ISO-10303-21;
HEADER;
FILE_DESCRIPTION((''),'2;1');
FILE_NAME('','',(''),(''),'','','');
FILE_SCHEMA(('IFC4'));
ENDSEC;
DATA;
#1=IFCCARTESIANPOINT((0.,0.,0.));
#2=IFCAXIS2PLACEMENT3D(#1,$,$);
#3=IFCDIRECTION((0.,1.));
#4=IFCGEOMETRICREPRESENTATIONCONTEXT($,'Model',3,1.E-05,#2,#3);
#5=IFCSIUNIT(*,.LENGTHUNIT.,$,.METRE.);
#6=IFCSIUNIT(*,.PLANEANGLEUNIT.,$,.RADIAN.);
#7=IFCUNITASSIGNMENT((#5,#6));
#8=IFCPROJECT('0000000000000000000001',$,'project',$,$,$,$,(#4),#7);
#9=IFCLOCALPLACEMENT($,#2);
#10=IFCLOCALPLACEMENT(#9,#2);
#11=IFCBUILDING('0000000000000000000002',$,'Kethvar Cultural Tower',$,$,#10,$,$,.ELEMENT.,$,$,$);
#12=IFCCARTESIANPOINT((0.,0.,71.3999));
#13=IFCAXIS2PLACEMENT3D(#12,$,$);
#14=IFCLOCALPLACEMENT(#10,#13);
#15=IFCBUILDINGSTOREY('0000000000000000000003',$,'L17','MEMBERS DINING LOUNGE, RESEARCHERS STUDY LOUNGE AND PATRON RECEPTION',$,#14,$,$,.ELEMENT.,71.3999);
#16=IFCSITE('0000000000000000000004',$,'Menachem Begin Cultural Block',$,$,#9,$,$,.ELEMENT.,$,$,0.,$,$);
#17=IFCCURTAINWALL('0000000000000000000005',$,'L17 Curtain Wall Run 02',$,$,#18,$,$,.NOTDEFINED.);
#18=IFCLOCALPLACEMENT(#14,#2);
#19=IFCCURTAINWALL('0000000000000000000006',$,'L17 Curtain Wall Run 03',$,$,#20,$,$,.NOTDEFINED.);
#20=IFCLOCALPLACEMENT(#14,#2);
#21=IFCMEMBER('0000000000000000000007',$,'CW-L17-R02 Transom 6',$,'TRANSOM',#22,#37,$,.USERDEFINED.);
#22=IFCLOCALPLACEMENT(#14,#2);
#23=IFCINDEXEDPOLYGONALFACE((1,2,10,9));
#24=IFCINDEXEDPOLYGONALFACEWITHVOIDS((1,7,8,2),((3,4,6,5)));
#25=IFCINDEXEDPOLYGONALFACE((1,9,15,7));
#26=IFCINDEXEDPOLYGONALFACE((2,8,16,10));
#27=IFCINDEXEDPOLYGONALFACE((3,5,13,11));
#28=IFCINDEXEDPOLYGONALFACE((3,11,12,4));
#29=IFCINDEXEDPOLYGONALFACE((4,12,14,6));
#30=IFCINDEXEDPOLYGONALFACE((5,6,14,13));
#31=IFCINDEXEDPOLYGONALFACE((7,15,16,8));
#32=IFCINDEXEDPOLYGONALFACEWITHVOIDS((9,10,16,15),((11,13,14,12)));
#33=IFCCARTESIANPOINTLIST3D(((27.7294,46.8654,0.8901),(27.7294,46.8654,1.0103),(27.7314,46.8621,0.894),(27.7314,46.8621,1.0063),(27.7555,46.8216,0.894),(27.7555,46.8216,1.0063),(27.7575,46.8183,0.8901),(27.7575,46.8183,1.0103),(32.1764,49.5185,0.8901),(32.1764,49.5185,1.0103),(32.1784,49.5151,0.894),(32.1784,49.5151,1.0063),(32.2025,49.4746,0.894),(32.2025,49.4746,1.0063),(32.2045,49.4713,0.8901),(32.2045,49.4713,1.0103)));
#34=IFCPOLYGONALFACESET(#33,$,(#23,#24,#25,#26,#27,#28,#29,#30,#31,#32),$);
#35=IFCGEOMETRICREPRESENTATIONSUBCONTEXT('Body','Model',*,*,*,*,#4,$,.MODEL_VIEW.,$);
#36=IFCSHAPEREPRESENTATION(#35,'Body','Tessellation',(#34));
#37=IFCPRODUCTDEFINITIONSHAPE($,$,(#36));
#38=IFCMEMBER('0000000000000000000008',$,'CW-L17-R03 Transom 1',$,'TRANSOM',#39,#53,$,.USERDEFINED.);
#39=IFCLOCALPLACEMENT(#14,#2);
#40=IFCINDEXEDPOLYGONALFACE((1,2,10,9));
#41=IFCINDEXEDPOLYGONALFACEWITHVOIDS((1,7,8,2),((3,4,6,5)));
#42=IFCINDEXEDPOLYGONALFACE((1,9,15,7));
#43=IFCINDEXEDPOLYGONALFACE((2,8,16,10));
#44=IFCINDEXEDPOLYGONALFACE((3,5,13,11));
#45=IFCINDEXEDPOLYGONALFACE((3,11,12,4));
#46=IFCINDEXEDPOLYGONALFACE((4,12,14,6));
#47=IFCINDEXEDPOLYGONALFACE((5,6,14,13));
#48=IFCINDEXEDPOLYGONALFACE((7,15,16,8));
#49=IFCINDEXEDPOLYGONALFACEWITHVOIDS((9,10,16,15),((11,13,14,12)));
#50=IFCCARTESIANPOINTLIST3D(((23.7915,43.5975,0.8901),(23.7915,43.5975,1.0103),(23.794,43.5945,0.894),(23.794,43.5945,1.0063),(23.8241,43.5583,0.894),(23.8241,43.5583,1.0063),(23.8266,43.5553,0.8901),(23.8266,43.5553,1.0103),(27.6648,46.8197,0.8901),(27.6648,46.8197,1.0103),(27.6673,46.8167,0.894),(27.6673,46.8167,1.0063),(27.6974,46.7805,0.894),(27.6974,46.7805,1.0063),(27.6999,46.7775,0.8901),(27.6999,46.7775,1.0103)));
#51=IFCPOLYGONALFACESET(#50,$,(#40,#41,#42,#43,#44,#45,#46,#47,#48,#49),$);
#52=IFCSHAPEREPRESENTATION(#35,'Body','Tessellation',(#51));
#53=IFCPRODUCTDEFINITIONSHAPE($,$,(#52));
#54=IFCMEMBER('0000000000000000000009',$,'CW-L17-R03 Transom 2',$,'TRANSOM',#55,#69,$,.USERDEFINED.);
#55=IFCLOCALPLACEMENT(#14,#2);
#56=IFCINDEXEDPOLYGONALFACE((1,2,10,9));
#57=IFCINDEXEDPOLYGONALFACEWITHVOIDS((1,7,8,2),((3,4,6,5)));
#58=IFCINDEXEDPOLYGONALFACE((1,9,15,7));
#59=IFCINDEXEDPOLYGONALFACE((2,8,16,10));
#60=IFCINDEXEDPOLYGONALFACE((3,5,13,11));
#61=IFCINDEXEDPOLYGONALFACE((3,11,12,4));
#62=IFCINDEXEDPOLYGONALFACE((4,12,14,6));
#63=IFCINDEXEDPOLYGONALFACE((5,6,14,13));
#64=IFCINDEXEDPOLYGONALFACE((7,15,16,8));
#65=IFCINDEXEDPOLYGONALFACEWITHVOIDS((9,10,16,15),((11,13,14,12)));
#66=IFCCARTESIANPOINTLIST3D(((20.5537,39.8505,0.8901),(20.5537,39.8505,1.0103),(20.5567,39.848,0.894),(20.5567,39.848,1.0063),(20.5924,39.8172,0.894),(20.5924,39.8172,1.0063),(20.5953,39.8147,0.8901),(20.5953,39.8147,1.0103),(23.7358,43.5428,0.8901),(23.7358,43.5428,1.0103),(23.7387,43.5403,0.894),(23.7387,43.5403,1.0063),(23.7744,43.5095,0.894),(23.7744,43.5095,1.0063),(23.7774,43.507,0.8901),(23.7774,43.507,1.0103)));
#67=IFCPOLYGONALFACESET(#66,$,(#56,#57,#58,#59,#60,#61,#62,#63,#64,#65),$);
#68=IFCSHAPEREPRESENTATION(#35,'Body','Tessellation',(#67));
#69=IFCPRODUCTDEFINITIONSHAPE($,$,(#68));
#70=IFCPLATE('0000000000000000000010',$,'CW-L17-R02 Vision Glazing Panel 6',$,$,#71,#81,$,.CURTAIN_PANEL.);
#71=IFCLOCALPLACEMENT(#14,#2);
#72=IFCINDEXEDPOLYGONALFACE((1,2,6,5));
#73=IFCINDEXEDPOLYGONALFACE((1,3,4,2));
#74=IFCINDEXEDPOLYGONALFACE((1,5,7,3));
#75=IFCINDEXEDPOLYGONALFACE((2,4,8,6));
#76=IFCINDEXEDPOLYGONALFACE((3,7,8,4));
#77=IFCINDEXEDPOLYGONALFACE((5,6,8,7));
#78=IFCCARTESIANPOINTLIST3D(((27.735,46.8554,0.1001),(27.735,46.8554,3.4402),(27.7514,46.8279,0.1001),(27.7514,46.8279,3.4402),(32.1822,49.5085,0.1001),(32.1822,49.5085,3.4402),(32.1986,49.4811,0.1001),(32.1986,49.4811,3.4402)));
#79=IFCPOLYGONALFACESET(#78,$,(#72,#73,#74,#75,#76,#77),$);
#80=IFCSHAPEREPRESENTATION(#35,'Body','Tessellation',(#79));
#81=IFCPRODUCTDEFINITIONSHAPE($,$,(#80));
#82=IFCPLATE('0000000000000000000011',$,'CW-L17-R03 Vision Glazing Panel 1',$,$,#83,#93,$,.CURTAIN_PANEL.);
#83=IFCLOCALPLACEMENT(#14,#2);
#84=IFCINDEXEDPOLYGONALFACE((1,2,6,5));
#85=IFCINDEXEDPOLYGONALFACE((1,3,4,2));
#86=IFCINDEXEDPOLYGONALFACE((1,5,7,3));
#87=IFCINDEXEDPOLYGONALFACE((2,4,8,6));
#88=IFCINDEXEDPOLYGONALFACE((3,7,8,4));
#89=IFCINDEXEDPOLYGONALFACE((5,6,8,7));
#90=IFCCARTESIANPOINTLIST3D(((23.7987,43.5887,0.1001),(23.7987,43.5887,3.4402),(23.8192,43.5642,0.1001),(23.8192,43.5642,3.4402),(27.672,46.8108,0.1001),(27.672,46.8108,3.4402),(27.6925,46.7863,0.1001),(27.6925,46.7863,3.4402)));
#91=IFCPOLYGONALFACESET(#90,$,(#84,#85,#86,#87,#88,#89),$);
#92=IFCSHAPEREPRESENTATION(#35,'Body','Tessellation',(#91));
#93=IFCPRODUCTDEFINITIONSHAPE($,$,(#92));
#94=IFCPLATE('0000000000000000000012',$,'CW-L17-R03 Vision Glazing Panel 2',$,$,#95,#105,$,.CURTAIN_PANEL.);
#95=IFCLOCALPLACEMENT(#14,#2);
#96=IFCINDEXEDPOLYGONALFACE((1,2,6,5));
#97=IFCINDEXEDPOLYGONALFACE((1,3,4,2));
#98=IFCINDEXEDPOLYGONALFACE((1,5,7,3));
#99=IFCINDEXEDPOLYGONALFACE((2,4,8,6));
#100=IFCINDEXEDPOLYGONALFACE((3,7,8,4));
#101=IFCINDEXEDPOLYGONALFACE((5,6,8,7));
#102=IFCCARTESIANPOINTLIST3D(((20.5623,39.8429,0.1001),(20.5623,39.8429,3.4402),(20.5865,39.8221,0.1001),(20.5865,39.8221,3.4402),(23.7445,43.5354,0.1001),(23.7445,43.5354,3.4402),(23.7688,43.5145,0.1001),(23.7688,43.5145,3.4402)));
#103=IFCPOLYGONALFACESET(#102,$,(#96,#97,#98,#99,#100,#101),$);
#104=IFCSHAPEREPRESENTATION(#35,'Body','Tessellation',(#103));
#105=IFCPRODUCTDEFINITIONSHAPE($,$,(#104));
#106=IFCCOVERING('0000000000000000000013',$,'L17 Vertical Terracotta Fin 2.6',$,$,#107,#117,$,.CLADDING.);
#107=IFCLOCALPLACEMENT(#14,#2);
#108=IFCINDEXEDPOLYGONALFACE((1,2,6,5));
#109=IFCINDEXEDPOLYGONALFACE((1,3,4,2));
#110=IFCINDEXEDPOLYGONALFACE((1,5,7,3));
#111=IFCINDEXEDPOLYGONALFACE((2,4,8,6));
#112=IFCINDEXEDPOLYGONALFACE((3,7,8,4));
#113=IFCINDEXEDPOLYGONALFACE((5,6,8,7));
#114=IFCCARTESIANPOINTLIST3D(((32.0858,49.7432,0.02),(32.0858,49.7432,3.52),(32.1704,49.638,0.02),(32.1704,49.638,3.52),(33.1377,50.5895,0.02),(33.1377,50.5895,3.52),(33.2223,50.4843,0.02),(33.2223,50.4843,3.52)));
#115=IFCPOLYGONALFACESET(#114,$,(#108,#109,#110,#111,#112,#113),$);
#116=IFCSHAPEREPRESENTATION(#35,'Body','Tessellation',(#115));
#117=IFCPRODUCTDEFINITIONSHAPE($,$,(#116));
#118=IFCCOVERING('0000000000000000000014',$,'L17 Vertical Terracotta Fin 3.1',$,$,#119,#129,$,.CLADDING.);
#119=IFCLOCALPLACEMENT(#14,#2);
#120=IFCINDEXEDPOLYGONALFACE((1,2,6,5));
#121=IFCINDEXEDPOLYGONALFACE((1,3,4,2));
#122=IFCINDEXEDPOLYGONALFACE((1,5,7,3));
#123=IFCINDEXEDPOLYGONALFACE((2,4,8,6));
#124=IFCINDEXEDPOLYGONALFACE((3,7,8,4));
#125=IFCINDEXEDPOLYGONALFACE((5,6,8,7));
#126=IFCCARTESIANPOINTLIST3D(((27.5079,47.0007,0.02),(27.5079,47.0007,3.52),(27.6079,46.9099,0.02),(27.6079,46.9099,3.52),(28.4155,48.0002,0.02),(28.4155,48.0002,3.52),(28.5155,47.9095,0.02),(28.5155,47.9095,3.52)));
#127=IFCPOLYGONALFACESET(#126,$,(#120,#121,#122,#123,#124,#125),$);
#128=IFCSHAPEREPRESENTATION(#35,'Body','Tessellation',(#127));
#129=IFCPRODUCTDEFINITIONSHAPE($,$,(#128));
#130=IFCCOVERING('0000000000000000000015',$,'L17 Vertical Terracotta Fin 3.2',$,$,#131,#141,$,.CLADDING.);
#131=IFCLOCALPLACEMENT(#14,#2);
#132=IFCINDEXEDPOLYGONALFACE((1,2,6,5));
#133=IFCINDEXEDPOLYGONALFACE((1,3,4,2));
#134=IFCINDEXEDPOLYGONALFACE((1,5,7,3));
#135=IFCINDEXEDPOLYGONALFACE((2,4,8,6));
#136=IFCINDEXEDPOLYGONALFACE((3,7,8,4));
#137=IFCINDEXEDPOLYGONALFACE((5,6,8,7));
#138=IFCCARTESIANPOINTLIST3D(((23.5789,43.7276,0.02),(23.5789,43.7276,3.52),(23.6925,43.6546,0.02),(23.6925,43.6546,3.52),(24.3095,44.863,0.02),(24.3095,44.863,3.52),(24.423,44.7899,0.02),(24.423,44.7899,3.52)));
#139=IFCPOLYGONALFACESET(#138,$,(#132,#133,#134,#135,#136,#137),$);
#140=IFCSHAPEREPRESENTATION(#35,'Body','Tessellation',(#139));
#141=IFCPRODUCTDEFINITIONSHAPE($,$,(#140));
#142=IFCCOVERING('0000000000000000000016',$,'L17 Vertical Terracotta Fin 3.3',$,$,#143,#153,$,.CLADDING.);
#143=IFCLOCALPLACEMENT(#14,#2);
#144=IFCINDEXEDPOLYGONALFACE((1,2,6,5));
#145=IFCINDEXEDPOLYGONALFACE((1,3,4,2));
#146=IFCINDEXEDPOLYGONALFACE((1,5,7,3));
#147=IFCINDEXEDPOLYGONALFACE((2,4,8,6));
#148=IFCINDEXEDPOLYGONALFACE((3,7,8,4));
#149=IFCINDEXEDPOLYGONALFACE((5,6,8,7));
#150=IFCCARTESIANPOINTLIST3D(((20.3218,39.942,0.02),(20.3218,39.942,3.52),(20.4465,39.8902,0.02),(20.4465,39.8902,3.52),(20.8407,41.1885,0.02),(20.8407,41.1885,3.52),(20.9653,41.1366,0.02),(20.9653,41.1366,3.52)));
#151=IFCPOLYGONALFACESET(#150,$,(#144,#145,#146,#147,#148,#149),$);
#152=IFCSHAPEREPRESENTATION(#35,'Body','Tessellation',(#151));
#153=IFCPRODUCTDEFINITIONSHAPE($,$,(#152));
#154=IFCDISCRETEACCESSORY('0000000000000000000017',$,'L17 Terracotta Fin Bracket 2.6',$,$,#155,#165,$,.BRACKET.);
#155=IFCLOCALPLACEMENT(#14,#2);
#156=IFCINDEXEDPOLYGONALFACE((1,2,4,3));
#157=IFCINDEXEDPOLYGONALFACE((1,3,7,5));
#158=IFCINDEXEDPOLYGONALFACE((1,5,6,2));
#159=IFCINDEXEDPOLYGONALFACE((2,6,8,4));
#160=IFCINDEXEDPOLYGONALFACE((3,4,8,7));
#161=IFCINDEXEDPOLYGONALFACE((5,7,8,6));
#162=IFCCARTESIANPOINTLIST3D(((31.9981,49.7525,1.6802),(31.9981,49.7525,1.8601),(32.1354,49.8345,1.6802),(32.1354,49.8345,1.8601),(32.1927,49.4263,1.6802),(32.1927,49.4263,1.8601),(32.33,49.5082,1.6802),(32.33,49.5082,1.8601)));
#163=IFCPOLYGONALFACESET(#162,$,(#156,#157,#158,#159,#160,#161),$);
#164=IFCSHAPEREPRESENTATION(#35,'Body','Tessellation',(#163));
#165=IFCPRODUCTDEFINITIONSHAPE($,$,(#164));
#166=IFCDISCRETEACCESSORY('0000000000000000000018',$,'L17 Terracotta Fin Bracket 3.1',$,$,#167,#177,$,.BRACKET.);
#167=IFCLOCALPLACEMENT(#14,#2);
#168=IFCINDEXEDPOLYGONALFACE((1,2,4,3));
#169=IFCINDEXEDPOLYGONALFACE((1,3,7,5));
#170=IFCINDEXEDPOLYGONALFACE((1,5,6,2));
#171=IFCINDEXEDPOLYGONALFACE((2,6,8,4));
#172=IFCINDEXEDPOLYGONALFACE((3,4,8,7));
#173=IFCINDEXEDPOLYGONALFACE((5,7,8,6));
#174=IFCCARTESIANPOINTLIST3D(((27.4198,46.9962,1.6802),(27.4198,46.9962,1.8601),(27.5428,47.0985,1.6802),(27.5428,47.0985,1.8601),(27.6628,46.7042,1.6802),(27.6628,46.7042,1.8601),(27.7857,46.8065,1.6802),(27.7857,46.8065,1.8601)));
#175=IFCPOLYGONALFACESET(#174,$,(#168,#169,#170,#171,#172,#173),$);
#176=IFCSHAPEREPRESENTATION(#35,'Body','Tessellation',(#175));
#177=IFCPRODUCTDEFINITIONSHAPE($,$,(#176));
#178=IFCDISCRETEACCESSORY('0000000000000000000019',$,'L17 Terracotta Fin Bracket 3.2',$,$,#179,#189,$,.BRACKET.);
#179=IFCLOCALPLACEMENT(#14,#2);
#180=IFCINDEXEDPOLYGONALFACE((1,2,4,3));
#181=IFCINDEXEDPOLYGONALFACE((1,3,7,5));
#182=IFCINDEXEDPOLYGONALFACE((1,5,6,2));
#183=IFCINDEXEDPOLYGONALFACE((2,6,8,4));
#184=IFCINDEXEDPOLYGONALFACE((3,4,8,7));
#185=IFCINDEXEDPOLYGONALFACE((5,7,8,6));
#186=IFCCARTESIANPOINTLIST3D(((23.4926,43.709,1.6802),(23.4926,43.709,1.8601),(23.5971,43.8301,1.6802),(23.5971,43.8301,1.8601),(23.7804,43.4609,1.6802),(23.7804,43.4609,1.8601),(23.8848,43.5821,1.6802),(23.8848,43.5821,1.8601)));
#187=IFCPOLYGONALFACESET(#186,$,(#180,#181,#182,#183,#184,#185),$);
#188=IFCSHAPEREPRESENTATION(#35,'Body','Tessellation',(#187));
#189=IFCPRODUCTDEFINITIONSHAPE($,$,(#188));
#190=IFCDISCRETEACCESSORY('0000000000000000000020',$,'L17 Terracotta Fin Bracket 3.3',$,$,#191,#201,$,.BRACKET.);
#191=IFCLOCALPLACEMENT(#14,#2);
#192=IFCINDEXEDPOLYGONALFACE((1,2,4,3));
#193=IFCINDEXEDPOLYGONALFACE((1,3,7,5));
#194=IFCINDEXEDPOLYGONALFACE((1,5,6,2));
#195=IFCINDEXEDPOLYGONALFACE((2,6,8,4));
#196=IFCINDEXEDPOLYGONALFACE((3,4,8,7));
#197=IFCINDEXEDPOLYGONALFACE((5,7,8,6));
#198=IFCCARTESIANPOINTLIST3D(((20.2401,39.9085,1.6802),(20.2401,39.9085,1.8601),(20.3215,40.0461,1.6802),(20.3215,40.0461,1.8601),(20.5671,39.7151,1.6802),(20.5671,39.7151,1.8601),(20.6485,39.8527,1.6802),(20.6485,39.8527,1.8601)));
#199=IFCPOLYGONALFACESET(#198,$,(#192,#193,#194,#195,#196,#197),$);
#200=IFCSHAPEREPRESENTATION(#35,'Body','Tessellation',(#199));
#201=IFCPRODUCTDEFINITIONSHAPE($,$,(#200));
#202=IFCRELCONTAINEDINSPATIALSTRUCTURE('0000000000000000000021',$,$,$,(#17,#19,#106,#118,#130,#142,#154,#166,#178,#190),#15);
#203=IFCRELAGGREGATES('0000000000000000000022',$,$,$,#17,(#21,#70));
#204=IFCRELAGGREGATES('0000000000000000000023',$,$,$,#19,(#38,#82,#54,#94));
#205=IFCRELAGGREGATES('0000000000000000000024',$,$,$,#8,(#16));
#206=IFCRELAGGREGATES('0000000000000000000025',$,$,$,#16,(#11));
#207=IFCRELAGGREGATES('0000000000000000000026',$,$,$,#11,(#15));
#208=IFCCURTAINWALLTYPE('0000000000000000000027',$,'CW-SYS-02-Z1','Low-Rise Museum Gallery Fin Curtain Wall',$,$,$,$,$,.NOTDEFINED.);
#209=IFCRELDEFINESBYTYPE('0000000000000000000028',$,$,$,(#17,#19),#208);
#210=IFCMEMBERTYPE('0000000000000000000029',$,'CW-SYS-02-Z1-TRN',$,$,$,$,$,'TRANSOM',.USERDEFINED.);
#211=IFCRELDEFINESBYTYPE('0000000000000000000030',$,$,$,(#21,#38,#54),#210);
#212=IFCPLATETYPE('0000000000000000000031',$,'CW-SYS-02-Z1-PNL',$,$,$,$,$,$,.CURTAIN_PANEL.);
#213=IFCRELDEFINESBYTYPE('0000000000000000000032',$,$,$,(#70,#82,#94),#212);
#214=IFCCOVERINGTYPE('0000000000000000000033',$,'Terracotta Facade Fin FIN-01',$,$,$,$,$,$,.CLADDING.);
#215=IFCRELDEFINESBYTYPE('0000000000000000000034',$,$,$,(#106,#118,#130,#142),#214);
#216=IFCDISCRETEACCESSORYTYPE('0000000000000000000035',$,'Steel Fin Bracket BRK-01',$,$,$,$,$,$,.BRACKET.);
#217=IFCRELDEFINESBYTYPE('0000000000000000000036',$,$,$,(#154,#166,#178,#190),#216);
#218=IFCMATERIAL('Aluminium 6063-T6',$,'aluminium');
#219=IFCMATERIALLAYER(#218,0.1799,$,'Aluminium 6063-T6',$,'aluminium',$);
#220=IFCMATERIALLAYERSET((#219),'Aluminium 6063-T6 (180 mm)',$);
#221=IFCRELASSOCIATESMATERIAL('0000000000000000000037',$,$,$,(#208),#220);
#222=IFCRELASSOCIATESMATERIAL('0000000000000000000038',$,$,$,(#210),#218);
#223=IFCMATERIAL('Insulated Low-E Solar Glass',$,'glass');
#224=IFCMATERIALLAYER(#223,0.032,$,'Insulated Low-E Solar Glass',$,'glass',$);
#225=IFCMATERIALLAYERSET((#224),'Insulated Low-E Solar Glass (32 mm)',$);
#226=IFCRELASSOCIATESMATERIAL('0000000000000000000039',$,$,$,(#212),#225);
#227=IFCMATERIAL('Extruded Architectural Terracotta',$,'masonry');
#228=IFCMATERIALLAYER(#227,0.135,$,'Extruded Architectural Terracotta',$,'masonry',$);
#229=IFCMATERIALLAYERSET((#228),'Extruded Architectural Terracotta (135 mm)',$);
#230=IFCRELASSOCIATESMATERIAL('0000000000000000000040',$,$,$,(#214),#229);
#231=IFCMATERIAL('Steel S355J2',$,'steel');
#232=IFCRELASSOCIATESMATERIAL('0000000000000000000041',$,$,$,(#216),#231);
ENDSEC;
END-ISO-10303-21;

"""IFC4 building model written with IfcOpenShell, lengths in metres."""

from ifc_helpers import new_model, si_unit, direction, frame, origin, origin_2d, place, context, subcontext, project, spatial, rectangle, hollow_rectangle, extrude, source, transform, mapped, material, layer, layer_set, material_profile, profile_set, type_object, element, aggregate, save


model = new_model("IFC4")

# Units and contexts
model_context = context("Model", 3, precision=1e-05, world=origin(), true_north=direction((0.0, 1.0)))
body_context = subcontext(model_context, "Body", "Model", "MODEL_VIEW")
ifc_project = project(units=[si_unit("LENGTHUNIT", "METRE"), si_unit("PLANEANGLEUNIT", "RADIAN")], contexts=[model_context])

# Site, building, storey
site_placement = place(None, origin())
site = spatial("IfcSite", under=ifc_project, at=site_placement, Name="Menachem Begin Cultural Block", CompositionType="ELEMENT", RefElevation=0.0)
building_placement = place(site_placement, origin())
building = spatial("IfcBuilding", under=site, at=building_placement, Name="Kethvar Cultural Tower", CompositionType="ELEMENT")
storey_placement = place(building_placement, frame((0.0, 0.0, 71.3999)))
storey = spatial("IfcBuildingStorey", under=building, at=storey_placement, Name="L17", Description="MEMBERS DINING LOUNGE, RESEARCHERS STUDY LOUNGE AND PATRON RECEPTION", CompositionType="ELEMENT", Elevation=71.3999)

# Shared definitions
ifc_material_1 = material(Name="Steel S355J2", Category="steel")

# Curtain walls
ifc_material_2 = material(Name="Aluminium 6063-T6", Category="aluminium")
ifc_layer_1 = layer(ifc_material_2, 0.1799, Name="Aluminium 6063-T6", Category="aluminium")
ifc_layer_set_1 = layer_set([ifc_layer_1], Name="Aluminium 6063-T6 (180 mm)")
curtain_wall_type = type_object("IfcCurtainWallType", Name="CW-SYS-02-Z1", Description="Low-Rise Museum Gallery Fin Curtain Wall", PredefinedType="NOTDEFINED", material=ifc_layer_set_1)
curtain_wall_1_placement = place(storey_placement, origin())
curtain_wall_1 = element("IfcCurtainWall", 1, at=curtain_wall_1_placement, inside=storey, type_object=curtain_wall_type, Name="L17 Curtain Wall Run 02", PredefinedType="NOTDEFINED")
curtain_wall_2_placement = place(storey_placement, origin())
curtain_wall_2 = element("IfcCurtainWall", 2, at=curtain_wall_2_placement, inside=storey, type_object=curtain_wall_type, Name="L17 Curtain Wall Run 03", PredefinedType="NOTDEFINED")

# Members
ifc_material_profile_1 = material_profile(ifc_material_2, hollow_rectangle(XDim=0.0549, YDim=0.1201, WallThickness=0.0039, at=origin_2d()), Name="Aluminium 6063-T6 — RHS120x55x4")
ifc_profile_set_1 = profile_set([ifc_material_profile_1], Name="Aluminium 6063-T6 — RHS120x55x4")
member_type_1 = type_object("IfcMemberType", Name="CW-SYS-02-Z1-TRN", ElementType="TRANSOM", PredefinedType="USERDEFINED", material=ifc_profile_set_1)
shared_shape_1 = source(origin(), body_context, "Body", "SweptSolid", [
    extrude(hollow_rectangle(XDim=0.0549, YDim=0.1201, WallThickness=0.0039, at=origin_2d()), origin(), (0.0, 0.0, 1.0), 5.1782),
])
member_1_placement = place(storey_placement, frame((32.1904, 49.4949, 0.9502), z_axis=(-0.85878, -0.512345, 0.0), x_axis=(0.512345, -0.85878, 0.0)))
member_1 = element("IfcMember", 3, at=member_1_placement, type_object=member_type_1, Name="CW-L17-R02 Transom 6", ObjectType="TRANSOM", PredefinedType="USERDEFINED", context=body_context, shape_type="MappedRepresentation", body=[
    mapped(shared_shape_1, transform((0.0, 0.0, 0.0), scale=1.0)),
])
shared_shape_2 = source(origin(), body_context, "Body", "SweptSolid", [
    extrude(hollow_rectangle(XDim=0.0549, YDim=0.1201, WallThickness=0.0039, at=origin_2d()), origin(), (0.0, 0.0, 1.0), 5.0383),
])
member_2_placement = place(storey_placement, frame((27.6824, 46.7986, 0.9502), z_axis=(-0.768765, -0.639531, 0.0), x_axis=(0.639531, -0.768765, 0.0)))
member_2 = element("IfcMember", 4, at=member_2_placement, type_object=member_type_1, Name="CW-L17-R03 Transom 1", ObjectType="TRANSOM", PredefinedType="USERDEFINED", context=body_context, shape_type="MappedRepresentation", body=[
    mapped(shared_shape_2, transform((0.0, 0.0, 0.0), scale=1.0)),
])
shared_shape_3 = source(origin(), body_context, "Body", "SweptSolid", [
    extrude(hollow_rectangle(XDim=0.0549, YDim=0.1201, WallThickness=0.0039, at=origin_2d()), origin(), (0.0, 0.0, 1.0), 4.8743),
])
member_3_placement = place(storey_placement, frame((23.7566, 43.5249, 0.9502), z_axis=(-0.652827, -0.757507, 0.0), x_axis=(0.757507, -0.652827, 0.0)))
member_3 = element("IfcMember", 5, at=member_3_placement, type_object=member_type_1, Name="CW-L17-R03 Transom 2", ObjectType="TRANSOM", PredefinedType="USERDEFINED", context=body_context, shape_type="MappedRepresentation", body=[
    mapped(shared_shape_3, transform((0.0, 0.0, 0.0), scale=1.0)),
])

# Plates
ifc_material_3 = material(Name="Insulated Low-E Solar Glass", Category="glass")
ifc_layer_2 = layer(ifc_material_3, 0.032, Name="Insulated Low-E Solar Glass", Category="glass")
ifc_layer_set_2 = layer_set([ifc_layer_2], Name="Insulated Low-E Solar Glass (32 mm)")
plate_type = type_object("IfcPlateType", Name="CW-SYS-02-Z1-PNL", PredefinedType="CURTAIN_PANEL", material=ifc_layer_set_2)
shared_shape_4 = source(origin(), body_context, "Body", "SweptSolid", [
    extrude(rectangle(XDim=5.1785, YDim=0.032, at=origin_2d()), origin(), (0.0, 0.0, 1.0), 3.3401),
])
plate_1_placement = place(storey_placement, frame((29.9668, 48.1682, 0.1001), z_axis=(0.0, 0.0, 1.0), x_axis=(-0.858781, -0.512343, 0.0)))
plate_1 = element("IfcPlate", 6, at=plate_1_placement, type_object=plate_type, Name="CW-L17-R02 Vision Glazing Panel 6", PredefinedType="CURTAIN_PANEL", context=body_context, shape_type="MappedRepresentation", body=[
    mapped(shared_shape_4, transform((0.0, 0.0, 0.0), scale=1.0)),
])
aggregate(curtain_wall_1, [member_1, plate_1])
shared_shape_5 = source(origin(), body_context, "Body", "SweptSolid", [
    extrude(rectangle(XDim=5.0383, YDim=0.032, at=origin_2d()), origin(), (0.0, 0.0, 1.0), 3.3401),
])
plate_2_placement = place(storey_placement, frame((25.7456, 45.1875, 0.1001), z_axis=(0.0, 0.0, 1.0), x_axis=(-0.768775, -0.63952, 0.0)))
plate_2 = element("IfcPlate", 7, at=plate_2_placement, type_object=plate_type, Name="CW-L17-R03 Vision Glazing Panel 1", PredefinedType="CURTAIN_PANEL", context=body_context, shape_type="MappedRepresentation", body=[
    mapped(shared_shape_5, transform((0.0, 0.0, 0.0), scale=1.0)),
])
shared_shape_6 = source(origin(), body_context, "Body", "SweptSolid", [
    extrude(rectangle(XDim=4.8745, YDim=0.032, at=origin_2d()), origin(), (0.0, 0.0, 1.0), 3.3401),
])
plate_3_placement = place(storey_placement, frame((22.1655, 41.6787, 0.1001), z_axis=(0.0, 0.0, 1.0), x_axis=(-0.652839, -0.757497, 0.0)))
plate_3 = element("IfcPlate", 8, at=plate_3_placement, type_object=plate_type, Name="CW-L17-R03 Vision Glazing Panel 2", PredefinedType="CURTAIN_PANEL", context=body_context, shape_type="MappedRepresentation", body=[
    mapped(shared_shape_6, transform((0.0, 0.0, 0.0), scale=1.0)),
])
aggregate(curtain_wall_2, [member_2, plate_2, member_3, plate_3])

# Coverings
ifc_material_4 = material(Name="Extruded Architectural Terracotta", Category="masonry")
ifc_layer_3 = layer(ifc_material_4, 0.135, Name="Extruded Architectural Terracotta", Category="masonry")
ifc_layer_set_3 = layer_set([ifc_layer_3], Name="Extruded Architectural Terracotta (135 mm)")
covering_type = type_object("IfcCoveringType", Name="Terracotta Facade Fin FIN-01", PredefinedType="CLADDING", material=ifc_layer_set_3)
shared_shape_7 = source(origin(), body_context, "Body", "SweptSolid", [
    extrude(rectangle(XDim=1.3501, YDim=0.135, at=origin_2d()), origin(), (0.0, 0.0, 1.0), 3.5),
])
for number, where, z_axis, x_axis, name in (
    (9, (32.6541, 50.1138, 0.02), (0.0, 0.0, 1.0), (0.779119, 0.626876, 0.0), "L17 Vertical Terracotta Fin 2.6"),
    (10, (28.0117, 47.4551, 0.02), (0.0, 0.0, 1.0), (0.672238, 0.740335, 0.0), "L17 Vertical Terracotta Fin 3.1"),
    (11, (24.001, 44.2588, 0.02), (0.0, 0.0, 1.0), (0.541121, 0.840945, 0.0), "L17 Vertical Terracotta Fin 3.2"),
    (12, (20.6436, 40.5393, 0.02), (0.0, 0.0, 1.0), (0.384295, 0.92321, 0.0), "L17 Vertical Terracotta Fin 3.3"),
):
    element("IfcCovering", number, at=place(storey_placement, frame(where, z_axis=z_axis, x_axis=x_axis)), inside=storey, type_object=covering_type, Name=name, PredefinedType="CLADDING", context=body_context, shape_type="MappedRepresentation", body=[
        mapped(shared_shape_7, transform((0.0, 0.0, 0.0), scale=1.0)),
    ])

# Discrete accessories
discrete_accessory_type = type_object("IfcDiscreteAccessoryType", Name="Steel Fin Bracket BRK-01", PredefinedType="BRACKET", material=ifc_material_1)
shared_shape_8 = source(origin(), body_context, "Body", "SweptSolid", [
    extrude(rectangle(XDim=0.3799, YDim=0.1599, at=origin_2d()), origin(), (0.0, 0.0, 1.0), 0.1799),
])
for number, where, z_axis, x_axis, name in (
    (13, (32.1641, 49.6304, 1.6802), (0.0, 0.0, 1.0), (-0.512343, 0.858781, 0.0), "L17 Terracotta Fin Bracket 2.6"),
    (14, (27.6028, 46.9014, 1.6802), (0.0, 0.0, 1.0), (-0.639573, 0.76873, 0.0), "L17 Terracotta Fin Bracket 3.1"),
    (15, (23.6887, 43.6455, 1.6802), (0.0, 0.0, 1.0), (-0.757451, 0.652892, 0.0), "L17 Terracotta Fin Bracket 3.2"),
    (16, (20.4443, 39.8806, 1.6802), (0.0, 0.0, 1.0), (-0.860742, 0.509041, 0.0), "L17 Terracotta Fin Bracket 3.3"),
):
    element("IfcDiscreteAccessory", number, at=place(storey_placement, frame(where, z_axis=z_axis, x_axis=x_axis)), inside=storey, type_object=discrete_accessory_type, Name=name, PredefinedType="BRACKET", context=body_context, shape_type="MappedRepresentation", body=[
        mapped(shared_shape_8, transform((0.0, 0.0, 0.0), scale=1.0)),
    ])

save(model, "model.ifc")
